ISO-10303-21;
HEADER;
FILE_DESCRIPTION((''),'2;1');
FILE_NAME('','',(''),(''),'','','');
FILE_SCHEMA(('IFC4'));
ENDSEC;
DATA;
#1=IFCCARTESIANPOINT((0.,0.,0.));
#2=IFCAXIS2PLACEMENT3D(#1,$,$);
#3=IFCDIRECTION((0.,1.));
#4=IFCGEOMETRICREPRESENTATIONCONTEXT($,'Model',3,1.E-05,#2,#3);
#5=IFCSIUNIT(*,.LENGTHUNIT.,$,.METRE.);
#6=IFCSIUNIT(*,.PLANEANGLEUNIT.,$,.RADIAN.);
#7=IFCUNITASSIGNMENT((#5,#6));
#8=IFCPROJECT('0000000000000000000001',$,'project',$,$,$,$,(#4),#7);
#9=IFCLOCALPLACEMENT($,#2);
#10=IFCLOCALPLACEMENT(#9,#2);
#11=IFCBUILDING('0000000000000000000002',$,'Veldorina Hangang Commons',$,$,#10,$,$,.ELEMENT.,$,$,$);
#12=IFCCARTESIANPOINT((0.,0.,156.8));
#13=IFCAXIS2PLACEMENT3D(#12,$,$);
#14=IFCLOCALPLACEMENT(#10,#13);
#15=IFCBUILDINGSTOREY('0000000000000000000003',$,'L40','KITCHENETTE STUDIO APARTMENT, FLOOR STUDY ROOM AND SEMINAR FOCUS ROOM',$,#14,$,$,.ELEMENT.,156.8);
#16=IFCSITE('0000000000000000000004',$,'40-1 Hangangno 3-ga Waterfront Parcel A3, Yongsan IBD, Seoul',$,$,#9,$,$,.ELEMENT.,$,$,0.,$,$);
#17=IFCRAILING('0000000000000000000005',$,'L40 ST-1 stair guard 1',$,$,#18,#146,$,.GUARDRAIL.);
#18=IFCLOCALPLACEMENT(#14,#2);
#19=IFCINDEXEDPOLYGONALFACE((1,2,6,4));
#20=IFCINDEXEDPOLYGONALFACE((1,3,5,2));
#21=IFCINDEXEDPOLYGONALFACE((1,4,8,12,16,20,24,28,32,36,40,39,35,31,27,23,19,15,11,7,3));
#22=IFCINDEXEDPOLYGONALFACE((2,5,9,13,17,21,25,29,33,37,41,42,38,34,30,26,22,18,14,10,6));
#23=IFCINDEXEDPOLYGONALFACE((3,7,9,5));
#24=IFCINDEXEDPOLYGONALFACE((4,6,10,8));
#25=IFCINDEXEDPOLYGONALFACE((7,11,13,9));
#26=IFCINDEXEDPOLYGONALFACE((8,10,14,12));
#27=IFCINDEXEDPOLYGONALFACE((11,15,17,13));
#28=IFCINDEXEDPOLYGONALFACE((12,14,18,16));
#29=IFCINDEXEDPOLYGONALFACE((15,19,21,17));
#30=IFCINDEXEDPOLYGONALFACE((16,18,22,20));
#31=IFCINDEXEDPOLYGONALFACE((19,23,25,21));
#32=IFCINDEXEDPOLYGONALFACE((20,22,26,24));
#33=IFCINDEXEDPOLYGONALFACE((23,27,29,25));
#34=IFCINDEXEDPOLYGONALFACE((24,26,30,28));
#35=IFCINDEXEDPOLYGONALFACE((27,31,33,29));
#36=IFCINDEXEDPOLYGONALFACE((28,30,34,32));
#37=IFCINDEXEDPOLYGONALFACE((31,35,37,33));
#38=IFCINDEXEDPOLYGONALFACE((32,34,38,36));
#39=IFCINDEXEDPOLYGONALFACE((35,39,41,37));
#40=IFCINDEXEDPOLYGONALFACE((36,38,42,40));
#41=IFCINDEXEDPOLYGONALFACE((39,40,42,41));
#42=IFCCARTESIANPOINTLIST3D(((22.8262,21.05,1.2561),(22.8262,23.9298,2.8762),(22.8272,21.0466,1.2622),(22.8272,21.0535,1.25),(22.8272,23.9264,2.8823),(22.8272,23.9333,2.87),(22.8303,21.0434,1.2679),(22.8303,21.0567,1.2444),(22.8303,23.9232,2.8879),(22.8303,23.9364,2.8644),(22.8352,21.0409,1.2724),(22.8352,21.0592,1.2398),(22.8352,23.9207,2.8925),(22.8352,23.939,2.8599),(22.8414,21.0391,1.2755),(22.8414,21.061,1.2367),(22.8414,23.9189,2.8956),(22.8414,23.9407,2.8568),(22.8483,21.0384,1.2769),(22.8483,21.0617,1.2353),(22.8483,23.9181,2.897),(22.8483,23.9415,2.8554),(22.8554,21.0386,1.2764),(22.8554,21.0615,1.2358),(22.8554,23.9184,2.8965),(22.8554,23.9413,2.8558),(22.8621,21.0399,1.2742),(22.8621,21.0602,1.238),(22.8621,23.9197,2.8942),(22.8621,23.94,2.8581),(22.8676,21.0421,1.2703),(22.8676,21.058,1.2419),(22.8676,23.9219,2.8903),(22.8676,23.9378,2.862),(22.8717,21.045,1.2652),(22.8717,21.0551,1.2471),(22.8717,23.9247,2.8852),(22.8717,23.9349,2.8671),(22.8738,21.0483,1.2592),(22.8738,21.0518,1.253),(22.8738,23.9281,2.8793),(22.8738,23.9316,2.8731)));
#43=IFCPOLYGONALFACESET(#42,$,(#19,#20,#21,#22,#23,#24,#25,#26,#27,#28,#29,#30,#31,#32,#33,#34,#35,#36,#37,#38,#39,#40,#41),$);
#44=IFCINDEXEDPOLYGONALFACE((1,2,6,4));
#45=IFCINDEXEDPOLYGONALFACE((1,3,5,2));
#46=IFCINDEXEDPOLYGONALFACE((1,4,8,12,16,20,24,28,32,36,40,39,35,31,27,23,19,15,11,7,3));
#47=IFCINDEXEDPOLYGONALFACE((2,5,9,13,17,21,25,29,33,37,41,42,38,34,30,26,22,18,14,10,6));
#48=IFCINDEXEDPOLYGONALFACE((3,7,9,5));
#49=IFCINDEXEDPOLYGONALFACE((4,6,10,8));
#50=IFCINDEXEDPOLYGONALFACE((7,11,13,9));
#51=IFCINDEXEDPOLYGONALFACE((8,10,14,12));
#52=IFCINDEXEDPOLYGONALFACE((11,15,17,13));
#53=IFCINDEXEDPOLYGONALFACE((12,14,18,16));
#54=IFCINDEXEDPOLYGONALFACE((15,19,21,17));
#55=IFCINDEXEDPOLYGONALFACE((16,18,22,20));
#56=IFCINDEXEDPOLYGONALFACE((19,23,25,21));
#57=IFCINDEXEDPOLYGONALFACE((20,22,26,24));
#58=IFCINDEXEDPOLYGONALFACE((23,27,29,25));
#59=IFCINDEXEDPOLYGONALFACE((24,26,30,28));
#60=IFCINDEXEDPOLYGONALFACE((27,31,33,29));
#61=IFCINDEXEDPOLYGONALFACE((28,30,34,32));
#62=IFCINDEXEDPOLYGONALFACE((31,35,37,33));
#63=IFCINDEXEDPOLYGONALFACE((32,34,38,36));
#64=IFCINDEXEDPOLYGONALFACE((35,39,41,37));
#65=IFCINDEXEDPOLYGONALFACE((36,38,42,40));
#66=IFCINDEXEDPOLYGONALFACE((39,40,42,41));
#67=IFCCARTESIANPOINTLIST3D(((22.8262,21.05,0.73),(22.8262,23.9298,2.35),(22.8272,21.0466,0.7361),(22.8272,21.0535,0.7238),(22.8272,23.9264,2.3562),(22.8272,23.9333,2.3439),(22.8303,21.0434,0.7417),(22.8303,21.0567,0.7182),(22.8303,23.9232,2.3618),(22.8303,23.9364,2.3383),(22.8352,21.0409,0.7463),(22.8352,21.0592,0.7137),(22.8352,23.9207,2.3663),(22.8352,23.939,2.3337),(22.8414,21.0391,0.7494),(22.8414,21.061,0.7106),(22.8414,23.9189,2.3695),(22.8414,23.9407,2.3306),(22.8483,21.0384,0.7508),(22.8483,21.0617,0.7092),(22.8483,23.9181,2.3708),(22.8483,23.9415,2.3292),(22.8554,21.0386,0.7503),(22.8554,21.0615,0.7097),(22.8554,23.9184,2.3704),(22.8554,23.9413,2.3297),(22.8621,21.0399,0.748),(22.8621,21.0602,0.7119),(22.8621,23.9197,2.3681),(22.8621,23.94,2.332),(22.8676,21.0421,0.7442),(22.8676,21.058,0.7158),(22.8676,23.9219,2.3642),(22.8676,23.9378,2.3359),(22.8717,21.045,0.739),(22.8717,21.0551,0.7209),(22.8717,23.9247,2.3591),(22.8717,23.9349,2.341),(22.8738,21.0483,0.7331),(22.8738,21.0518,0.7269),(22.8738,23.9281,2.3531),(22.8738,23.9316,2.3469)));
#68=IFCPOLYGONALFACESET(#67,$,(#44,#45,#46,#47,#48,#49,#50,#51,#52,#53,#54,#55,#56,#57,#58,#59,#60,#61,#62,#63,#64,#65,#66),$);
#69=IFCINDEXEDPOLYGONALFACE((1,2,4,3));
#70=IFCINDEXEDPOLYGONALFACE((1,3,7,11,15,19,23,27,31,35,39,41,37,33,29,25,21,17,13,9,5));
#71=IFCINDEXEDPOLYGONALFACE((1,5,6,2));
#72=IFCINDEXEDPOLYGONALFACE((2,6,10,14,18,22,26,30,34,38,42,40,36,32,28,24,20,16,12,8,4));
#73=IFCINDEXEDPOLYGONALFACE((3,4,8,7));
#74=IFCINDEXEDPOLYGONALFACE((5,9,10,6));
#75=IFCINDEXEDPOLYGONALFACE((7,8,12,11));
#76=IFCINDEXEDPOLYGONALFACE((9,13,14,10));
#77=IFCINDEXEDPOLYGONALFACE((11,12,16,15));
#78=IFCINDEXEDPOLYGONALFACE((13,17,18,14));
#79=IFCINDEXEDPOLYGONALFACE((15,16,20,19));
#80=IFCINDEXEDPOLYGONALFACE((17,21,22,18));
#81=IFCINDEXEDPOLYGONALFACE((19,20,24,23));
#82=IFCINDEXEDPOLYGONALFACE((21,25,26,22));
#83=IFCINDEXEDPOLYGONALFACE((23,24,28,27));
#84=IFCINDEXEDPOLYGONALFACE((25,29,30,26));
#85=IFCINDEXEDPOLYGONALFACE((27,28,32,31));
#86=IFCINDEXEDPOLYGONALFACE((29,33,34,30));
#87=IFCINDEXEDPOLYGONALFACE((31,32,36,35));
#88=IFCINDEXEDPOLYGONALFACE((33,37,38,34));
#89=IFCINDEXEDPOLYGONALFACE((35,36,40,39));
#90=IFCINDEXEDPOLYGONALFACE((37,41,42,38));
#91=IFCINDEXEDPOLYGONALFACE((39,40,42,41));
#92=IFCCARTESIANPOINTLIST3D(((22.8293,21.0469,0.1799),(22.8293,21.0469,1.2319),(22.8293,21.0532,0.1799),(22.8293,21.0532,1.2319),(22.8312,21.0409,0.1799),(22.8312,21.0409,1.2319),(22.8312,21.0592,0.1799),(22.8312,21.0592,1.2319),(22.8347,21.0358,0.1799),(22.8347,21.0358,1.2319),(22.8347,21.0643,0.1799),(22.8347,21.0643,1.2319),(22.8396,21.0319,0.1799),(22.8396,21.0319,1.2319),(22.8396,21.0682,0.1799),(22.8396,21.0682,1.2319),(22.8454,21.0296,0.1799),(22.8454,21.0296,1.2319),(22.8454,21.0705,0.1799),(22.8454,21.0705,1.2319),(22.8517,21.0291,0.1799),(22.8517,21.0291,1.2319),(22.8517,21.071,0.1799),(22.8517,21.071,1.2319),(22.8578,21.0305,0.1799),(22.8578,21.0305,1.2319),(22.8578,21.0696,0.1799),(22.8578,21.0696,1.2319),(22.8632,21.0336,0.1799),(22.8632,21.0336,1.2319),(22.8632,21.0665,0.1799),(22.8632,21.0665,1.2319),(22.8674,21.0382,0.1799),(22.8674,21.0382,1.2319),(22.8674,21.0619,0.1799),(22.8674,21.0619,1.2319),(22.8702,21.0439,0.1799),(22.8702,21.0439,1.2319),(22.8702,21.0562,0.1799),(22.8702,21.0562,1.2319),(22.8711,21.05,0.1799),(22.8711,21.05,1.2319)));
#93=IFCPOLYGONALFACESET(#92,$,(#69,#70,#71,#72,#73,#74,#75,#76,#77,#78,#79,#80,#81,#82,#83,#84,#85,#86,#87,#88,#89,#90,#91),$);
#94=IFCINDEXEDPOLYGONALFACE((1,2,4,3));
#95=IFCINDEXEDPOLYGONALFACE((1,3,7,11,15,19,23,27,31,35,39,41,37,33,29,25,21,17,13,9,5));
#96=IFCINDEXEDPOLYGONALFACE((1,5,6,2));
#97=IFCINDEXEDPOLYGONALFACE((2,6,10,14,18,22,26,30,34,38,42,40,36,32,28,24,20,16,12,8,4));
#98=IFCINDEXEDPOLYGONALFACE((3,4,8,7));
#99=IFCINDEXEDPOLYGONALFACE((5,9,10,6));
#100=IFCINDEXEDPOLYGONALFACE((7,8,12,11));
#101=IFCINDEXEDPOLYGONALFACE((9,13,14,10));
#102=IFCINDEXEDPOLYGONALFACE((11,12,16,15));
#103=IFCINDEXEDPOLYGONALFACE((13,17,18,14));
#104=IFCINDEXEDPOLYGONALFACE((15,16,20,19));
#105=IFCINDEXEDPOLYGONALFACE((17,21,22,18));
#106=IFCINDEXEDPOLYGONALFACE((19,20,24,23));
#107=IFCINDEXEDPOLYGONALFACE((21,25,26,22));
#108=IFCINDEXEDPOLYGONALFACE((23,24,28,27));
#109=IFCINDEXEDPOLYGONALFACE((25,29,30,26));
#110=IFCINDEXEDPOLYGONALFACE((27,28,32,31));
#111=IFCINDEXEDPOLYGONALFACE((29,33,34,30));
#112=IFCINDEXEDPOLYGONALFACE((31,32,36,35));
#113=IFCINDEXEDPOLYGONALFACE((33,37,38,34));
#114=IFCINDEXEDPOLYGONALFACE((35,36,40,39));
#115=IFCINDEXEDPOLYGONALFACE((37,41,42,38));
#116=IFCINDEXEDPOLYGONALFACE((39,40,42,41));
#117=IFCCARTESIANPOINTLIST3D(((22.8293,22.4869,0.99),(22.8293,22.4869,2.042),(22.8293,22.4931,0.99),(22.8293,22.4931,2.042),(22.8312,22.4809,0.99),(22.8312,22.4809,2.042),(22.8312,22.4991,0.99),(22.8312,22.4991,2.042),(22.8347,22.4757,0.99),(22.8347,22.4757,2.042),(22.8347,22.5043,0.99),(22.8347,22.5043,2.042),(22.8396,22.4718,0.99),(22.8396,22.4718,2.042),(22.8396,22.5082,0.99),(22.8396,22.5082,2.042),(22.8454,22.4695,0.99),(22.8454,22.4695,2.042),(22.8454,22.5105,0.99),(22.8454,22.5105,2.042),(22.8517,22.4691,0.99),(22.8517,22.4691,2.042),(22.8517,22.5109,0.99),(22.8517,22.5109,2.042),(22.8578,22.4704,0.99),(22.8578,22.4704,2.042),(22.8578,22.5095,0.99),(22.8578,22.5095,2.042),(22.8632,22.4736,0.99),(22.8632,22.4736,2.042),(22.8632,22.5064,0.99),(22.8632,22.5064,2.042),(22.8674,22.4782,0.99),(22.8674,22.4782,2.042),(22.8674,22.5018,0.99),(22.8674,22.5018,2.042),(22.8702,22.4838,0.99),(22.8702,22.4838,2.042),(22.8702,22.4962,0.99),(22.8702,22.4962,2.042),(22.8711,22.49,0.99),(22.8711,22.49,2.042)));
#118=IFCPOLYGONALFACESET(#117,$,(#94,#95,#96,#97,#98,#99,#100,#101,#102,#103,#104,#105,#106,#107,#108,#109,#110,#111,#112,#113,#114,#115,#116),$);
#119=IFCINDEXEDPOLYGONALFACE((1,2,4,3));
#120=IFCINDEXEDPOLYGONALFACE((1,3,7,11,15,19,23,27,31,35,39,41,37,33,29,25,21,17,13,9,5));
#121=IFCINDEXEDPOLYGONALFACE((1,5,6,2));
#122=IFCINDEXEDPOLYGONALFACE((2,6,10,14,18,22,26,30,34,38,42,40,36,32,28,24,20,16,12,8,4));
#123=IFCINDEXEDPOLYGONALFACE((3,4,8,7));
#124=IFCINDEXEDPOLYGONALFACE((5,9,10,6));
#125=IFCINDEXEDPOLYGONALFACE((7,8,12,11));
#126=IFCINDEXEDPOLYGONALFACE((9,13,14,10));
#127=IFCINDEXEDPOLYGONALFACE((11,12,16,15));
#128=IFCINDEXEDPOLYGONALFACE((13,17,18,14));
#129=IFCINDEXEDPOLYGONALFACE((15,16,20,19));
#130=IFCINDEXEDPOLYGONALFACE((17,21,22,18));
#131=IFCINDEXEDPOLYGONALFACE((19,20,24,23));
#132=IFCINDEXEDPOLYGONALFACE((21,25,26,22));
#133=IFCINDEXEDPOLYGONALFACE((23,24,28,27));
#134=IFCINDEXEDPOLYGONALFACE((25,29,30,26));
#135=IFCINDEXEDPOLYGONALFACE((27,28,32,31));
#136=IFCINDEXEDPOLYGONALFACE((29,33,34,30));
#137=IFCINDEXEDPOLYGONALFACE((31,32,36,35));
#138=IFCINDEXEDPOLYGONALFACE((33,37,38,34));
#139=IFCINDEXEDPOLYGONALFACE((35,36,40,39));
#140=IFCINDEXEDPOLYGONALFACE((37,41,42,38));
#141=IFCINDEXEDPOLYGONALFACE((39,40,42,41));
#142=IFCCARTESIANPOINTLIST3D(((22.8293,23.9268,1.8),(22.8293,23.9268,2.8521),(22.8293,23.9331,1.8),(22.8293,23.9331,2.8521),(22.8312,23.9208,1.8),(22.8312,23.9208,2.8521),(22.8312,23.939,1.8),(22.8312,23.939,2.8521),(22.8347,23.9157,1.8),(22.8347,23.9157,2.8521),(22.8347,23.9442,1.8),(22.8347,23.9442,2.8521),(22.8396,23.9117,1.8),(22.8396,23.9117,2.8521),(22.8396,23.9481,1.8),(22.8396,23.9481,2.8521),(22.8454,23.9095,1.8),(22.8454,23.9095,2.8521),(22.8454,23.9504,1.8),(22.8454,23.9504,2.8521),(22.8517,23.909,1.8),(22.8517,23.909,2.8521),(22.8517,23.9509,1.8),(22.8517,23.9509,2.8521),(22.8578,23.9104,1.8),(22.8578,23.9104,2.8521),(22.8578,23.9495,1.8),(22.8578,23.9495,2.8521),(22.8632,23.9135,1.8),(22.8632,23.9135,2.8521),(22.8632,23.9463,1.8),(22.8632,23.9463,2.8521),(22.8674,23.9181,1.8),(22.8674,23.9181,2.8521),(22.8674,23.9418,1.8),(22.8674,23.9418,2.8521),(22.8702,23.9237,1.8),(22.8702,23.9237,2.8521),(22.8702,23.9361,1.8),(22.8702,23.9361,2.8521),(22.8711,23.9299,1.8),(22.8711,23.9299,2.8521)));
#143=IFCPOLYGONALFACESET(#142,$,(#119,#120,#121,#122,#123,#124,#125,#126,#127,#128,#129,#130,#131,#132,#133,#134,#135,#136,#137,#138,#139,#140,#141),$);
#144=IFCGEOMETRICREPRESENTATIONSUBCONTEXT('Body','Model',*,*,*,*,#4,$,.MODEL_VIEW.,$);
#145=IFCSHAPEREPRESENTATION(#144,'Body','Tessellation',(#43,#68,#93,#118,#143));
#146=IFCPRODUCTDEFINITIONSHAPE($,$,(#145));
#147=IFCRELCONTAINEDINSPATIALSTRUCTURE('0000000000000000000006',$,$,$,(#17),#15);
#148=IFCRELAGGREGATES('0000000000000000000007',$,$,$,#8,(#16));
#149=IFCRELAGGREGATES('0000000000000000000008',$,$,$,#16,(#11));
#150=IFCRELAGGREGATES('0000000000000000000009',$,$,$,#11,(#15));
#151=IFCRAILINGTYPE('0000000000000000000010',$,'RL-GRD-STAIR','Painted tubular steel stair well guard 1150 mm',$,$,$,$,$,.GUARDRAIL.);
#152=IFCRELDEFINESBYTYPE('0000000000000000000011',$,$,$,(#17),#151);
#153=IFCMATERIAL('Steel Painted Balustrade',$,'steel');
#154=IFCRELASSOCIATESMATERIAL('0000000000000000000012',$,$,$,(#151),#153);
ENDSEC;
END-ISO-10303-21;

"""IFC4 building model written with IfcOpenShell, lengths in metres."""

from ifc_helpers import new_model, si_unit, direction, frame, origin, origin_2d, place, context, subcontext, project, spatial, circle, extrude, material, type_object, element, save


model = new_model("IFC4")

# Units and contexts
model_context = context("Model", 3, precision=1e-05, world=origin(), true_north=direction((0.0, 1.0)))
body_context = subcontext(model_context, "Body", "Model", "MODEL_VIEW")
ifc_project = project(units=[si_unit("LENGTHUNIT", "METRE"), si_unit("PLANEANGLEUNIT", "RADIAN")], contexts=[model_context])

# Site, building, storey
site_placement = place(None, origin())
site = spatial("IfcSite", under=ifc_project, at=site_placement, Name="40-1 Hangangno 3-ga Waterfront Parcel A3, Yongsan IBD, Seoul", CompositionType="ELEMENT", RefElevation=0.0)
building_placement = place(site_placement, origin())
building = spatial("IfcBuilding", under=site, at=building_placement, Name="Veldorina Hangang Commons", CompositionType="ELEMENT")
storey_placement = place(building_placement, frame((0.0, 0.0, 156.8)))
storey = spatial("IfcBuildingStorey", under=building, at=storey_placement, Name="L40", Description="KITCHENETTE STUDIO APARTMENT, FLOOR STUDY ROOM AND SEMINAR FOCUS ROOM", CompositionType="ELEMENT", Elevation=156.8)

# Railing
ifc_material_1 = material(Name="Steel Painted Balustrade", Category="steel")
railing_type_1 = type_object("IfcRailingType", Name="RL-GRD-STAIR", Description="Painted tubular steel stair well guard 1150 mm", PredefinedType="GUARDRAIL", material=ifc_material_1)
railing_1_placement = place(storey_placement, frame((22.8501, 21.05, 0.1799)))
element("IfcRailing", 1, at=railing_1_placement, inside=storey, type_object=railing_type_1, Name="L40 ST-1 stair guard 1", PredefinedType="GUARDRAIL", context=body_context, shape_type="SweptSolid", body=[
    extrude(circle(Radius=0.0239, at=origin_2d()), frame((0.0, 0.0, 1.0762), z_axis=(0.0, 0.871552, 0.490303), x_axis=(-1.0, 0.0, 0.0)), (0.0, 0.0, 1.0), 3.3042),
    extrude(circle(Radius=0.0239, at=origin_2d()), frame((0.0, 0.0, 0.55), z_axis=(0.0, 0.871552, 0.490303), x_axis=(-1.0, 0.0, 0.0)), (0.0, 0.0, 1.0), 3.3042),
    extrude(circle(Radius=0.021, at=origin_2d()), origin(), (0.0, 0.0, 1.0), 1.052),
    extrude(circle(Radius=0.021, at=origin_2d()), frame((0.0, 1.4399, 0.8101)), (0.0, 0.0, 1.0), 1.052),
    extrude(circle(Radius=0.021, at=origin_2d()), frame((0.0, 2.8799, 1.6201)), (0.0, 0.0, 1.0), 1.052),
])

save(model, "model.ifc")
